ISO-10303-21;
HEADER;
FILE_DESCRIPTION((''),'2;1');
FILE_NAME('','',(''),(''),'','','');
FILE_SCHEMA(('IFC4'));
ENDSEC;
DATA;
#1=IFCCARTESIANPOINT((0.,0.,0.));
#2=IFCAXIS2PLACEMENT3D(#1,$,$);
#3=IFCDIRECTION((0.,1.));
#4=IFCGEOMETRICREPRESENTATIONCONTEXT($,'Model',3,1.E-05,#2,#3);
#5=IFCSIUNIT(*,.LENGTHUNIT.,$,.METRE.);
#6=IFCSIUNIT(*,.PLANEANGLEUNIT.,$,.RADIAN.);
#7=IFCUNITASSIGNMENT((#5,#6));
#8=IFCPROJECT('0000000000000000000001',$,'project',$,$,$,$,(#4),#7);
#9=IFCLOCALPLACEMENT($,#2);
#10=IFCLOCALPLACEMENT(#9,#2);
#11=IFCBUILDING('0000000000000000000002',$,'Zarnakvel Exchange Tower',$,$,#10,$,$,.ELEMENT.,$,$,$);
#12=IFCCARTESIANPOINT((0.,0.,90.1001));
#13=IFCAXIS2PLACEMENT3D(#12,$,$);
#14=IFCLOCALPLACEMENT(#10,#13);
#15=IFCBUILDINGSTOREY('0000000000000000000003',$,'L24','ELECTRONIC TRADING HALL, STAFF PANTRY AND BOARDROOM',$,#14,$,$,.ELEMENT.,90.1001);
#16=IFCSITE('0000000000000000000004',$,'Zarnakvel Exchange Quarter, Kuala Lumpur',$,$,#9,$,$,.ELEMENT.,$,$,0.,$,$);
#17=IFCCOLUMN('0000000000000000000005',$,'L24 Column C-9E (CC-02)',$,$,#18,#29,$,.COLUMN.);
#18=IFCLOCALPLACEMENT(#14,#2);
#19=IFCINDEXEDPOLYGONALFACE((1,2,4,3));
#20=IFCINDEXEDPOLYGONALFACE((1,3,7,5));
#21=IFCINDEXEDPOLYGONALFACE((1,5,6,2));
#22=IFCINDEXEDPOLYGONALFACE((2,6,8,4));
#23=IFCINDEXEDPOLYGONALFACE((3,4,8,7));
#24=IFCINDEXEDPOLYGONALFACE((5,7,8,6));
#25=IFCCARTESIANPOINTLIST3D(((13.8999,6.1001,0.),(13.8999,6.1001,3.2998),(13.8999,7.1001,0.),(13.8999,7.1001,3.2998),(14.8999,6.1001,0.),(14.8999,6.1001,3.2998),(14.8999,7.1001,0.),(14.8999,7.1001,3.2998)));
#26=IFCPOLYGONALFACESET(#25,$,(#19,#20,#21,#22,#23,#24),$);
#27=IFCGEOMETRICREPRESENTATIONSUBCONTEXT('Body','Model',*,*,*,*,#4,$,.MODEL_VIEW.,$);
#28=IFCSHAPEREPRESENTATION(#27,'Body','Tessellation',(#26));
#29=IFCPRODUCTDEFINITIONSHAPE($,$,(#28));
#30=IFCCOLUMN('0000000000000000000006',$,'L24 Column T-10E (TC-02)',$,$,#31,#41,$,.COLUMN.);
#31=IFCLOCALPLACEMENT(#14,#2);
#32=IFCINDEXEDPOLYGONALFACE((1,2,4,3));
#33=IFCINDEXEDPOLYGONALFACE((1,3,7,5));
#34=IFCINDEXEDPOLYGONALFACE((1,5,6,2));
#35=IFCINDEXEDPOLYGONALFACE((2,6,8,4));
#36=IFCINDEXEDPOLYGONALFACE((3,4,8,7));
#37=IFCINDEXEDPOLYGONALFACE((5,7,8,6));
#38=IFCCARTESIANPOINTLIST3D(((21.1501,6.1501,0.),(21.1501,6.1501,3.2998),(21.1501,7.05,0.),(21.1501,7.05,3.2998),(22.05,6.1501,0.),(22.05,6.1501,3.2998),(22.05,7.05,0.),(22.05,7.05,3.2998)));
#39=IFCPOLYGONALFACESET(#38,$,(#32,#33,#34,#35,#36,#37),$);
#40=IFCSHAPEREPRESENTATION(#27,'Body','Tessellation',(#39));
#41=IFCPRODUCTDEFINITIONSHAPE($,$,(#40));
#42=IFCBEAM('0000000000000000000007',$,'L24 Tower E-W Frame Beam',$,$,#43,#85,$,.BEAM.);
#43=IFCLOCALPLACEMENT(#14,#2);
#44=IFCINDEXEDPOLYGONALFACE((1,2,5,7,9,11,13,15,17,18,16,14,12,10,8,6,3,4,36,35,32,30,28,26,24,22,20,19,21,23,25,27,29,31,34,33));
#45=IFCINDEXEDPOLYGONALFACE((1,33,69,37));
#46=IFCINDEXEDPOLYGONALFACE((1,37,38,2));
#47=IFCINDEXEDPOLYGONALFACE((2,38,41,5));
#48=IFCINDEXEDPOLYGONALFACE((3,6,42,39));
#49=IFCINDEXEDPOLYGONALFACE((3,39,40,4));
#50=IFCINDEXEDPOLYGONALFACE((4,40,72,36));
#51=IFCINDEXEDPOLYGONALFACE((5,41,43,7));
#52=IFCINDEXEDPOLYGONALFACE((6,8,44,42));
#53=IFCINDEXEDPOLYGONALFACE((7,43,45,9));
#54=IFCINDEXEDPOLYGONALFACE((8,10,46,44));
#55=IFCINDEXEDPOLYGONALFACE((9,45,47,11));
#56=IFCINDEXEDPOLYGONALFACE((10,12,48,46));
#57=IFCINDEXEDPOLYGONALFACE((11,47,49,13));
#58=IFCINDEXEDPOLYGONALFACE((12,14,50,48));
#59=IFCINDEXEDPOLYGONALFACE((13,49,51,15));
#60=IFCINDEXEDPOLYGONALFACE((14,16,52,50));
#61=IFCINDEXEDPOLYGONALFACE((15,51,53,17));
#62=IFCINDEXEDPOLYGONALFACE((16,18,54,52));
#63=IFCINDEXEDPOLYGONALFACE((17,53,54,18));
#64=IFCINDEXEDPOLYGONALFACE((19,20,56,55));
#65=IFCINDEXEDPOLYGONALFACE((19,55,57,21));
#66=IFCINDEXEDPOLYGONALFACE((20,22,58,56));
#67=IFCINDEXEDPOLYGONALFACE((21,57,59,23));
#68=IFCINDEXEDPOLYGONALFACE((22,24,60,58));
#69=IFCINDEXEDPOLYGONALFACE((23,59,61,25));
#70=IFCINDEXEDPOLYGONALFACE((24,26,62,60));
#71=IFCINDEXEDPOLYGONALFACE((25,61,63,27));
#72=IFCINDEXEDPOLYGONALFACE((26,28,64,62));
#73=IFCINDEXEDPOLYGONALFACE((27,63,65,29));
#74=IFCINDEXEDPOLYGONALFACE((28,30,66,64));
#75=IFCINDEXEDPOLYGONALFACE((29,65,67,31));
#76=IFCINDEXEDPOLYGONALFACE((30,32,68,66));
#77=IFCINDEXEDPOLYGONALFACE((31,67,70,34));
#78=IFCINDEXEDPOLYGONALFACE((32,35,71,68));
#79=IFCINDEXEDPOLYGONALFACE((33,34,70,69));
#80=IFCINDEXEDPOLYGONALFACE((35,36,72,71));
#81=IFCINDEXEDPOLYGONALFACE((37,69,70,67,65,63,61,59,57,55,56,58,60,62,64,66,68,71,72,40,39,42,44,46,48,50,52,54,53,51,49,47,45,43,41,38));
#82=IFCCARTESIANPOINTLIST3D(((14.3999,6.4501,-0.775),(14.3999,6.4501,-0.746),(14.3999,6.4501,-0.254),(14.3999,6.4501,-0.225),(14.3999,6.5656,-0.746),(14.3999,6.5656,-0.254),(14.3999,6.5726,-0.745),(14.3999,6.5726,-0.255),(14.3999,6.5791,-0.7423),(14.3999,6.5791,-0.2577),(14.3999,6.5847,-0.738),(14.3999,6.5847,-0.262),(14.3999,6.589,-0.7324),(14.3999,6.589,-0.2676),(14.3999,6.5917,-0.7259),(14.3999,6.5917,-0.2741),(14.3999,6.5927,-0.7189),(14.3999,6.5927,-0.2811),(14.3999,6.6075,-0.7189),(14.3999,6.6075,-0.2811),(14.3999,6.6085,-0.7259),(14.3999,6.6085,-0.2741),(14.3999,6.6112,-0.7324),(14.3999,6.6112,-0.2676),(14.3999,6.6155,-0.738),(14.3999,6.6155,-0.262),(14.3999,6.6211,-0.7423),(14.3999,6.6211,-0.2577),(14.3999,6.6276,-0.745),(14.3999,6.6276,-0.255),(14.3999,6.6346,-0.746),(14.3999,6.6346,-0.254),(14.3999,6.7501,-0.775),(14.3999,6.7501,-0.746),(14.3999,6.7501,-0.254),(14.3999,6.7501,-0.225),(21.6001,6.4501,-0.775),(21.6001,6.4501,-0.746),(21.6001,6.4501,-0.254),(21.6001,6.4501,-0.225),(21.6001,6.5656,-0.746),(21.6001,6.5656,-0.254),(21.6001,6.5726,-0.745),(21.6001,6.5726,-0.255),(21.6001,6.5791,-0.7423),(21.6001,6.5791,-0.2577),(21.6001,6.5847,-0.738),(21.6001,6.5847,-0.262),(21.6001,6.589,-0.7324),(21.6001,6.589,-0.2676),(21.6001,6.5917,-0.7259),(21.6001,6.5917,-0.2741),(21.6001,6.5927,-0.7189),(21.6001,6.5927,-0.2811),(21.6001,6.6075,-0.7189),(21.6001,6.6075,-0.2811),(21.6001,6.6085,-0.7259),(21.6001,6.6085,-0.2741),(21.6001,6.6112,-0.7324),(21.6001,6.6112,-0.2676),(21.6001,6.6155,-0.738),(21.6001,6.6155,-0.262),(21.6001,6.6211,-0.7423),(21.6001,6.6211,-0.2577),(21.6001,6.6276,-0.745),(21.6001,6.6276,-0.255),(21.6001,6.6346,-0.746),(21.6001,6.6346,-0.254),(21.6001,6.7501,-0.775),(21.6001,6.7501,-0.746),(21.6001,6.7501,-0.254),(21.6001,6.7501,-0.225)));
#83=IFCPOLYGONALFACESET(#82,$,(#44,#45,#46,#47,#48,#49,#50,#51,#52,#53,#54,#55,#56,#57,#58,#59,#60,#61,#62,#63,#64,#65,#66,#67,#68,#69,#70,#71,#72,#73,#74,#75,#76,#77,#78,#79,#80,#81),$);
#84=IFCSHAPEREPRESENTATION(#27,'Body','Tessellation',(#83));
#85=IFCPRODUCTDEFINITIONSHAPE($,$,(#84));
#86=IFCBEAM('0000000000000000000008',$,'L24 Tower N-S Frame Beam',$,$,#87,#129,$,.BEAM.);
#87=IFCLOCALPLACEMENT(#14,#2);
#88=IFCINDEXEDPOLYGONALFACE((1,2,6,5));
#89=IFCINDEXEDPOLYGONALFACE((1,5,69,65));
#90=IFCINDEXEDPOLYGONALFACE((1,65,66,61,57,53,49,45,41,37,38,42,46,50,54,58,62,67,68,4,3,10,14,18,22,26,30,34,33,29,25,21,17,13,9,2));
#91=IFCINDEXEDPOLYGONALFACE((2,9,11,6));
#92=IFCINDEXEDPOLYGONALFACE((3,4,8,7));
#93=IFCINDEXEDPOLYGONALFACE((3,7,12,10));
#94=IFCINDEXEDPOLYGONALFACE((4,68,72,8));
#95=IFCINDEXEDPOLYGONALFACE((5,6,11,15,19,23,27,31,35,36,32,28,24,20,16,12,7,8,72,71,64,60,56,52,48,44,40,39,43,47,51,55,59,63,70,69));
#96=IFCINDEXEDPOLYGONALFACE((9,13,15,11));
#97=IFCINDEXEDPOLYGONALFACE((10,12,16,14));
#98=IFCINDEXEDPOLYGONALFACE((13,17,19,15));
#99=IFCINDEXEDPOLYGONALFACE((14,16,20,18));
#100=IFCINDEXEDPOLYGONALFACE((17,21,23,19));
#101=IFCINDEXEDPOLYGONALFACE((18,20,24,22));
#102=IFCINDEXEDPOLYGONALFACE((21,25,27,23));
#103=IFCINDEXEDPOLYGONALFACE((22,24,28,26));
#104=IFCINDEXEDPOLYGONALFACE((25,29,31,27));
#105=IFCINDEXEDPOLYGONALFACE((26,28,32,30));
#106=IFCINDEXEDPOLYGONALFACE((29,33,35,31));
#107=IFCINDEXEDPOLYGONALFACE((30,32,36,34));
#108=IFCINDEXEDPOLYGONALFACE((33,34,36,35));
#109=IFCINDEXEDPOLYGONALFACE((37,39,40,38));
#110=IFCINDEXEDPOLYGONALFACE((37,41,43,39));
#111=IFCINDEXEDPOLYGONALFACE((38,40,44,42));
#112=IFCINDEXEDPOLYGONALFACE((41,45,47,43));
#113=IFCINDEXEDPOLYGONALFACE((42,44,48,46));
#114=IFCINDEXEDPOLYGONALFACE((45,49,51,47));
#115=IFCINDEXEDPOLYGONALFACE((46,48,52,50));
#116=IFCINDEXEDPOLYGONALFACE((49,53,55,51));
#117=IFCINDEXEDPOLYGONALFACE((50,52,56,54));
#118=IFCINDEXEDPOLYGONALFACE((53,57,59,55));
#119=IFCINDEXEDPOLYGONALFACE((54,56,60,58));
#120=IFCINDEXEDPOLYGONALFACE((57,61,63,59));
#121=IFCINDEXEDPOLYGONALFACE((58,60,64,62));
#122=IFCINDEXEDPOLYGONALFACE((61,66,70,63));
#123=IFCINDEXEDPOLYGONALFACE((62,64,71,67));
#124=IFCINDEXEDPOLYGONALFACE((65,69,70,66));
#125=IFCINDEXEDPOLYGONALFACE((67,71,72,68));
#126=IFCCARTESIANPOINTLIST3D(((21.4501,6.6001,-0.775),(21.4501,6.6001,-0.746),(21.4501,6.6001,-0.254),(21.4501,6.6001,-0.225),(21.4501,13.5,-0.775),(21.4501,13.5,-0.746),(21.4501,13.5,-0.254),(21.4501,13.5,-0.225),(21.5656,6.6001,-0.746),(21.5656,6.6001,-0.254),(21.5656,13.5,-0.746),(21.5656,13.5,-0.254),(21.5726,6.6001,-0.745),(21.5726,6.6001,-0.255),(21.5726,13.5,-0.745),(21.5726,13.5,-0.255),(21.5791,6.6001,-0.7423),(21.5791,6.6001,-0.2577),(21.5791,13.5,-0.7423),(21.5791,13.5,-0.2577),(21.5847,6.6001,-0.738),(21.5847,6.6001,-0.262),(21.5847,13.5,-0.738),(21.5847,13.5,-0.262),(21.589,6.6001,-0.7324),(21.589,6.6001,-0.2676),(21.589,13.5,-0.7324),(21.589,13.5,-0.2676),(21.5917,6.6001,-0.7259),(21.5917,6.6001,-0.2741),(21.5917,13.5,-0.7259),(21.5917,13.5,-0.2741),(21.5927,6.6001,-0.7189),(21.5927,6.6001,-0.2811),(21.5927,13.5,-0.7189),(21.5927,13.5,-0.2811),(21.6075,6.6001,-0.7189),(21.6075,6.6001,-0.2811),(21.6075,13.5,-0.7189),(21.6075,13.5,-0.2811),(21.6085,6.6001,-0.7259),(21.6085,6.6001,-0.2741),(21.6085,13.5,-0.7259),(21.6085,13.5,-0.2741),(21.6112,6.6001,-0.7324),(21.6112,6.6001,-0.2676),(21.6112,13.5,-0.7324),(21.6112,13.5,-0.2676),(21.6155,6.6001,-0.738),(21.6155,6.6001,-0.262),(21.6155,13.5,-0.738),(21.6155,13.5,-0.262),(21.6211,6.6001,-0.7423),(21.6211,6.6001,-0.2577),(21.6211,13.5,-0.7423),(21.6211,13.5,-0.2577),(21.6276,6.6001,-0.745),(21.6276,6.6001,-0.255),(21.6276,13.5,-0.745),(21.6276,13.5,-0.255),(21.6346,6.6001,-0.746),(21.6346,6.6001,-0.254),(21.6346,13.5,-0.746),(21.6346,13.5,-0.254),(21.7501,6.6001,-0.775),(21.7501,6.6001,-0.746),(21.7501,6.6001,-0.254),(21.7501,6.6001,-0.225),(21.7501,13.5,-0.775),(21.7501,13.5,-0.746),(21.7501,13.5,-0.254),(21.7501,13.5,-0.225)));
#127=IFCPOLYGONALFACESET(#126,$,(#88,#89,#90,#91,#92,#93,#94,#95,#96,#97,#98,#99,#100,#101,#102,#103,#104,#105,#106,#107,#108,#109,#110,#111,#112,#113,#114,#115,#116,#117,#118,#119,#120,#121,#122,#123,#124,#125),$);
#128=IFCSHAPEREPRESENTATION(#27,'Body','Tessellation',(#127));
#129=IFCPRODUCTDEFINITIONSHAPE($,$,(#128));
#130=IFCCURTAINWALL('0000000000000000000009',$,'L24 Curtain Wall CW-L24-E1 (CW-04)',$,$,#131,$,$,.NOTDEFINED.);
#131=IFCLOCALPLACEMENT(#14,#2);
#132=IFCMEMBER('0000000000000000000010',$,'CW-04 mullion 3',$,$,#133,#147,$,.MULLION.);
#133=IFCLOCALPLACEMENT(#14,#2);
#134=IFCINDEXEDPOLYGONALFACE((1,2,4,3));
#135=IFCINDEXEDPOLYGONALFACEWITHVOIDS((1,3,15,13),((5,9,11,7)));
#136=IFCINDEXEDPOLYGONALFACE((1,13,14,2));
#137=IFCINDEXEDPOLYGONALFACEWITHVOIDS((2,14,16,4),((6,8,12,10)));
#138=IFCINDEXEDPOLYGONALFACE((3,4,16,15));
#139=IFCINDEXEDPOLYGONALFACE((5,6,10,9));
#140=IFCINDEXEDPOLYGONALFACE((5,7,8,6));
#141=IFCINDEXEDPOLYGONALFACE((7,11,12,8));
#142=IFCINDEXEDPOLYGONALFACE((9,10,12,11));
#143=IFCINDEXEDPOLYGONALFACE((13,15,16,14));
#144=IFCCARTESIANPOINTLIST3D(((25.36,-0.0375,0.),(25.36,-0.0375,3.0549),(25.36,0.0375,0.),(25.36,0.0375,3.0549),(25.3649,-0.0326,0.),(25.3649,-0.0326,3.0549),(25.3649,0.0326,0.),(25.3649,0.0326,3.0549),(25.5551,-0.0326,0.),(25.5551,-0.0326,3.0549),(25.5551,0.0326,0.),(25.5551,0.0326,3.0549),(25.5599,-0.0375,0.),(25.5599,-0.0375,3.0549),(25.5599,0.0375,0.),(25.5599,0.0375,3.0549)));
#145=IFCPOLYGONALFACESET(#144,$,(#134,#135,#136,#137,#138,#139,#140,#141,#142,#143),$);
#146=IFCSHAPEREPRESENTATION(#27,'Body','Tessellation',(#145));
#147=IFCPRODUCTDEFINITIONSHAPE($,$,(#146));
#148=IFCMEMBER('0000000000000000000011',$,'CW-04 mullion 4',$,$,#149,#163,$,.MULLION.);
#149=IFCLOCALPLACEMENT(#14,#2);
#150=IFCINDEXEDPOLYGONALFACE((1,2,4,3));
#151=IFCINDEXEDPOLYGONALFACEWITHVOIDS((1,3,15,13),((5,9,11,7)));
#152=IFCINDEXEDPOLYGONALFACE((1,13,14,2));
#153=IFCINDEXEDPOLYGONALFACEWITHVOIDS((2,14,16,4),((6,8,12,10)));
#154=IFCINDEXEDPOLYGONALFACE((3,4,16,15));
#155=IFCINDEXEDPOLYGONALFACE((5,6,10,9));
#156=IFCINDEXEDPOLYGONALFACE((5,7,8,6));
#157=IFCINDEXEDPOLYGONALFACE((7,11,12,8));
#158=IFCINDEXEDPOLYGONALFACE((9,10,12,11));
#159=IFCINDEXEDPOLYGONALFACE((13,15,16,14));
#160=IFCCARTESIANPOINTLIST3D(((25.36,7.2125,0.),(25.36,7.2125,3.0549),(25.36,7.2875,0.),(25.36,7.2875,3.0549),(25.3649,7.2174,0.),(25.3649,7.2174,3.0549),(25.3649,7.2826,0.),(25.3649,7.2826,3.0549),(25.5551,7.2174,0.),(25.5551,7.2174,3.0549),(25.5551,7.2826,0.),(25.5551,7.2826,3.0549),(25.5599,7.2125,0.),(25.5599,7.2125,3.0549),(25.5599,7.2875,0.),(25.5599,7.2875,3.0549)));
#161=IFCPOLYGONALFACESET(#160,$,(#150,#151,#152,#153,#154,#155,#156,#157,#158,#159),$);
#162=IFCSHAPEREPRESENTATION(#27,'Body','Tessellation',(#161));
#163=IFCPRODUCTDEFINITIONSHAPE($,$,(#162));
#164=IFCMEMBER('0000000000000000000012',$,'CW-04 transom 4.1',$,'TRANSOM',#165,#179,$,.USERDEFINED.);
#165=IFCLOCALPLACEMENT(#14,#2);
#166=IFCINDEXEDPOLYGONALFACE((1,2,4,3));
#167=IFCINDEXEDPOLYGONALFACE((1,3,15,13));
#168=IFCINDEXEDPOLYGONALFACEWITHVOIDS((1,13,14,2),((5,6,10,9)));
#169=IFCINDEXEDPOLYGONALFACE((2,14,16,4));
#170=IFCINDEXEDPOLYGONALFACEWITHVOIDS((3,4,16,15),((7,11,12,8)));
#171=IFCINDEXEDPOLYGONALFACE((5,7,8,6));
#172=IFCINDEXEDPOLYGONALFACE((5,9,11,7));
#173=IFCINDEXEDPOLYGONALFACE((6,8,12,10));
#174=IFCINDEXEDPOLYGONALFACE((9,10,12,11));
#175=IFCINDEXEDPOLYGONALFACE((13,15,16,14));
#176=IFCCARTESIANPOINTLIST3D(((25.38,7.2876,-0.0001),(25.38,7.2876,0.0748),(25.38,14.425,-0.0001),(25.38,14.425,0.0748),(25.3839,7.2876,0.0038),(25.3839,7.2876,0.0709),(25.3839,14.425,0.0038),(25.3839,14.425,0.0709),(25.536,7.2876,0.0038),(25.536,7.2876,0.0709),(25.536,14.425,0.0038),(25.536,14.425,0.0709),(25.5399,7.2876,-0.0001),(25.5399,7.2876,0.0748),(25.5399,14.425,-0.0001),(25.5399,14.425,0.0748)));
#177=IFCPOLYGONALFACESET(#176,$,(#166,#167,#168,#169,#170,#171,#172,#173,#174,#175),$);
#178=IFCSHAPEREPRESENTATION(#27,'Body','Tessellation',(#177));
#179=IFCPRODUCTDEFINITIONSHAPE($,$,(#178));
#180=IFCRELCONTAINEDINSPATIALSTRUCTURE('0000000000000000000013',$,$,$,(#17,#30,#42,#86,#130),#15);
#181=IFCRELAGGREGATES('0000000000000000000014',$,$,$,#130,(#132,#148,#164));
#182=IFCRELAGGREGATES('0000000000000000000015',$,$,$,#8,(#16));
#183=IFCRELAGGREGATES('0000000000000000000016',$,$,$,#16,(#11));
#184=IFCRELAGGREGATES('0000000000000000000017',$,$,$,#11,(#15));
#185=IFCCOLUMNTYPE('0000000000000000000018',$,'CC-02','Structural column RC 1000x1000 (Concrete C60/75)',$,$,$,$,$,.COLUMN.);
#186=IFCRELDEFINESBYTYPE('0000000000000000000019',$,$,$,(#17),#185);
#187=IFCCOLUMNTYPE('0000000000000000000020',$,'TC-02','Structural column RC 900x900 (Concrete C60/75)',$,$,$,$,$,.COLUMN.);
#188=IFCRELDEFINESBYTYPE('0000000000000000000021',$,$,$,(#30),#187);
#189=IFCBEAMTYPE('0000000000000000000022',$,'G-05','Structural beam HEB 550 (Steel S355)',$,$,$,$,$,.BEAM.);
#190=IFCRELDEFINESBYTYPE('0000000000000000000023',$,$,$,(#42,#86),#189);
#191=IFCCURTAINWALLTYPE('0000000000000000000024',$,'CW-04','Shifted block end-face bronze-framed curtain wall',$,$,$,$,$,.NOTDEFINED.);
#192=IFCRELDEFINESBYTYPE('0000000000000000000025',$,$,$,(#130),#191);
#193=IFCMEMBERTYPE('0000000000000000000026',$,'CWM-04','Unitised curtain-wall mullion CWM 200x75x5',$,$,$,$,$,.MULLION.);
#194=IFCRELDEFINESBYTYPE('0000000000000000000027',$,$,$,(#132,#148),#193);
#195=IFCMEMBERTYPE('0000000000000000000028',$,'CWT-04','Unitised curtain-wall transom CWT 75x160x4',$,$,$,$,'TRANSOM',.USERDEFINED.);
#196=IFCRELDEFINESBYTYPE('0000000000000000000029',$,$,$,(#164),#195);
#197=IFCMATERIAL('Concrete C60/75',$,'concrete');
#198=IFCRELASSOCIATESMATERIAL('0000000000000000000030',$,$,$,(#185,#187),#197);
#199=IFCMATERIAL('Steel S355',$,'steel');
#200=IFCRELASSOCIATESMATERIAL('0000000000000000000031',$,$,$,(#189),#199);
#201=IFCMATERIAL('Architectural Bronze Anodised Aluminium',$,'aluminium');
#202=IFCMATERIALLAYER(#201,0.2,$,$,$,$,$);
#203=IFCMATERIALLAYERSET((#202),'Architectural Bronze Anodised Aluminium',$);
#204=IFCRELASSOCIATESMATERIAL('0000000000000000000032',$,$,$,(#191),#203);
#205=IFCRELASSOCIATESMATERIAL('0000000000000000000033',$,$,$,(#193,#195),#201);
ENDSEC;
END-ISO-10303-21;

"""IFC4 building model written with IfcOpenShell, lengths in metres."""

from ifc_helpers import new_model, si_unit, direction, frame, origin, origin_2d, place, context, subcontext, project, spatial, rectangle, hollow_rectangle, i_section, extrude, source, transform, mapped, material, layer, layer_set, material_profile, profile_set, type_object, element, aggregate, save


model = new_model("IFC4")

# Units and contexts
model_context = context("Model", 3, precision=1e-05, world=origin(), true_north=direction((0.0, 1.0)))
body_context = subcontext(model_context, "Body", "Model", "MODEL_VIEW")
ifc_project = project(units=[si_unit("LENGTHUNIT", "METRE"), si_unit("PLANEANGLEUNIT", "RADIAN")], contexts=[model_context])

# Site, building, storey
site_placement = place(None, origin())
site = spatial("IfcSite", under=ifc_project, at=site_placement, Name="Zarnakvel Exchange Quarter, Kuala Lumpur", CompositionType="ELEMENT", RefElevation=0.0)
building_placement = place(site_placement, origin())
building = spatial("IfcBuilding", under=site, at=building_placement, Name="Zarnakvel Exchange Tower", CompositionType="ELEMENT")
storey_placement = place(building_placement, frame((0.0, 0.0, 90.1001)))
storey = spatial("IfcBuildingStorey", under=building, at=storey_placement, Name="L24", Description="ELECTRONIC TRADING HALL, STAFF PANTRY AND BOARDROOM", CompositionType="ELEMENT", Elevation=90.1001)

# Columns
ifc_material_1 = material(Name="Concrete C60/75", Category="concrete")
ifc_material_profile_1 = material_profile(ifc_material_1, rectangle(XDim=1.0, YDim=1.0, at=origin_2d()))
ifc_profile_set_1 = profile_set([ifc_material_profile_1], Name="Concrete C60/75")
column_type_1 = type_object("IfcColumnType", Name="CC-02", Description="Structural column RC 1000x1000 (Concrete C60/75)", PredefinedType="COLUMN", material=ifc_profile_set_1)
column_1_placement = place(storey_placement, frame((14.3999, 6.6001, 0.0), z_axis=(0.0, 0.0, 1.0), x_axis=(1.0, 0.0, 0.0)))
element("IfcColumn", 1, at=column_1_placement, inside=storey, type_object=column_type_1, Name="L24 Column C-9E (CC-02)", PredefinedType="COLUMN", context=body_context, shape_type="SweptSolid", body=[
    extrude(rectangle(XDim=1.0, YDim=1.0, at=origin_2d()), origin(), (0.0, 0.0, 1.0), 3.2998),
])
ifc_material_profile_2 = material_profile(ifc_material_1, rectangle(XDim=0.8999, YDim=0.8999, at=origin_2d()))
ifc_profile_set_2 = profile_set([ifc_material_profile_2], Name="Concrete C60/75")
column_type_2 = type_object("IfcColumnType", Name="TC-02", Description="Structural column RC 900x900 (Concrete C60/75)", PredefinedType="COLUMN", material=ifc_profile_set_2)
column_2_placement = place(storey_placement, frame((21.6001, 6.6001, 0.0), z_axis=(0.0, 0.0, 1.0), x_axis=(1.0, 0.0, 0.0)))
element("IfcColumn", 2, at=column_2_placement, inside=storey, type_object=column_type_2, Name="L24 Column T-10E (TC-02)", PredefinedType="COLUMN", context=body_context, shape_type="SweptSolid", body=[
    extrude(rectangle(XDim=0.8999, YDim=0.8999, at=origin_2d()), origin(), (0.0, 0.0, 1.0), 3.2998),
])

# Beams
ifc_material_2 = material(Name="Steel S355", Category="steel")
ifc_material_profile_3 = material_profile(ifc_material_2, i_section(OverallWidth=0.3, OverallDepth=0.55, WebThickness=0.0149, FlangeThickness=0.0291, FilletRadius=0.0271, at=origin_2d()))
ifc_profile_set_3 = profile_set([ifc_material_profile_3], Name="Steel S355")
beam_type = type_object("IfcBeamType", Name="G-05", Description="Structural beam HEB 550 (Steel S355)", PredefinedType="BEAM", material=ifc_profile_set_3)
beam_1_placement = place(storey_placement, frame((14.3999, 6.6001, -0.5), z_axis=(1.0, 0.0, 0.0), x_axis=(0.0, 1.0, 0.0)))
element("IfcBeam", 3, at=beam_1_placement, inside=storey, type_object=beam_type, Name="L24 Tower E-W Frame Beam", PredefinedType="BEAM", context=body_context, shape_type="SweptSolid", body=[
    extrude(i_section(OverallWidth=0.3, OverallDepth=0.55, WebThickness=0.0149, FlangeThickness=0.0291, FilletRadius=0.0271, at=origin_2d()), origin(), (0.0, 0.0, 1.0), 7.2002),
])
beam_2_placement = place(storey_placement, frame((21.6001, 6.6001, -0.5), z_axis=(0.0, 1.0, 0.0), x_axis=(-1.0, 0.0, 0.0)))
element("IfcBeam", 4, at=beam_2_placement, inside=storey, type_object=beam_type, Name="L24 Tower N-S Frame Beam", PredefinedType="BEAM", context=body_context, shape_type="SweptSolid", body=[
    extrude(i_section(OverallWidth=0.3, OverallDepth=0.55, WebThickness=0.0149, FlangeThickness=0.0291, FilletRadius=0.0271, at=origin_2d()), origin(), (0.0, 0.0, 1.0), 6.8999),
])

# Curtain wall, members
ifc_material_3 = material(Name="Architectural Bronze Anodised Aluminium", Category="aluminium")
ifc_layer_1 = layer(ifc_material_3, 0.2)
ifc_layer_set_1 = layer_set([ifc_layer_1], Name="Architectural Bronze Anodised Aluminium")
curtain_wall_type = type_object("IfcCurtainWallType", Name="CW-04", Description="Shifted block end-face bronze-framed curtain wall", PredefinedType="NOTDEFINED", material=ifc_layer_set_1)
curtain_wall_placement = place(storey_placement, origin())
curtain_wall = element("IfcCurtainWall", 5, at=curtain_wall_placement, inside=storey, type_object=curtain_wall_type, Name="L24 Curtain Wall CW-L24-E1 (CW-04)", PredefinedType="NOTDEFINED")
ifc_material_profile_4 = material_profile(ifc_material_3, hollow_rectangle(XDim=0.2, YDim=0.075, WallThickness=0.0049, at=origin_2d()))
ifc_profile_set_4 = profile_set([ifc_material_profile_4], Name="Architectural Bronze Anodised Aluminium")
member_type_1 = type_object("IfcMemberType", Name="CWM-04", Description="Unitised curtain-wall mullion CWM 200x75x5", PredefinedType="MULLION", material=ifc_profile_set_4)
shared_shape_1 = source(origin(), body_context, "Body", "SweptSolid", [
    extrude(hollow_rectangle(XDim=0.2, YDim=0.075, WallThickness=0.0049, at=origin_2d()), origin(), (0.0, 0.0, 1.0), 3.0549),
])
member_1_placement = place(storey_placement, frame((25.46, 0.0, 0.0), z_axis=(0.0, 0.0, 1.0), x_axis=(-1.0, 0.0, 0.0)))
member_1 = element("IfcMember", 6, at=member_1_placement, type_object=member_type_1, Name="CW-04 mullion 3", PredefinedType="MULLION", context=body_context, shape_type="MappedRepresentation", body=[
    mapped(shared_shape_1, transform((0.0, 0.0, 0.0), x_axis=(1.0, 0.0, 0.0), y_axis=(0.0, 1.0, 0.0), z_axis=(0.0, 0.0, 1.0), scale=1.0)),
])
member_2_placement = place(storey_placement, frame((25.46, 7.25, 0.0), z_axis=(0.0, 0.0, 1.0), x_axis=(-1.0, 0.0, 0.0)))
member_2 = element("IfcMember", 7, at=member_2_placement, type_object=member_type_1, Name="CW-04 mullion 4", PredefinedType="MULLION", context=body_context, shape_type="MappedRepresentation", body=[
    mapped(shared_shape_1, transform((0.0, 0.0, 0.0), x_axis=(1.0, 0.0, 0.0), y_axis=(0.0, 1.0, 0.0), z_axis=(0.0, 0.0, 1.0), scale=1.0)),
])
ifc_material_profile_5 = material_profile(ifc_material_3, hollow_rectangle(XDim=0.1599, YDim=0.075, WallThickness=0.0039, at=origin_2d()))
ifc_profile_set_5 = profile_set([ifc_material_profile_5], Name="Architectural Bronze Anodised Aluminium")
member_type_2 = type_object("IfcMemberType", Name="CWT-04", Description="Unitised curtain-wall transom CWT 75x160x4", ElementType="TRANSOM", PredefinedType="USERDEFINED", material=ifc_profile_set_5)
shared_shape_2 = source(origin(), body_context, "Body", "SweptSolid", [
    extrude(hollow_rectangle(XDim=0.1599, YDim=0.075, WallThickness=0.0039, at=origin_2d()), origin(), (0.0, 0.0, 1.0), 7.1375),
])
member_3_placement = place(storey_placement, frame((25.46, 7.2876, 0.0374), z_axis=(0.0, 1.0, 0.0), x_axis=(-1.0, 0.0, 0.0)))
member_3 = element("IfcMember", 8, at=member_3_placement, type_object=member_type_2, Name="CW-04 transom 4.1", ObjectType="TRANSOM", PredefinedType="USERDEFINED", context=body_context, shape_type="MappedRepresentation", body=[
    mapped(shared_shape_2, transform((0.0, 0.0, 0.0), x_axis=(1.0, 0.0, 0.0), y_axis=(0.0, 1.0, 0.0), z_axis=(0.0, 0.0, 1.0), scale=1.0)),
])
aggregate(curtain_wall, [member_1, member_2, member_3])

save(model, "model.ifc")
